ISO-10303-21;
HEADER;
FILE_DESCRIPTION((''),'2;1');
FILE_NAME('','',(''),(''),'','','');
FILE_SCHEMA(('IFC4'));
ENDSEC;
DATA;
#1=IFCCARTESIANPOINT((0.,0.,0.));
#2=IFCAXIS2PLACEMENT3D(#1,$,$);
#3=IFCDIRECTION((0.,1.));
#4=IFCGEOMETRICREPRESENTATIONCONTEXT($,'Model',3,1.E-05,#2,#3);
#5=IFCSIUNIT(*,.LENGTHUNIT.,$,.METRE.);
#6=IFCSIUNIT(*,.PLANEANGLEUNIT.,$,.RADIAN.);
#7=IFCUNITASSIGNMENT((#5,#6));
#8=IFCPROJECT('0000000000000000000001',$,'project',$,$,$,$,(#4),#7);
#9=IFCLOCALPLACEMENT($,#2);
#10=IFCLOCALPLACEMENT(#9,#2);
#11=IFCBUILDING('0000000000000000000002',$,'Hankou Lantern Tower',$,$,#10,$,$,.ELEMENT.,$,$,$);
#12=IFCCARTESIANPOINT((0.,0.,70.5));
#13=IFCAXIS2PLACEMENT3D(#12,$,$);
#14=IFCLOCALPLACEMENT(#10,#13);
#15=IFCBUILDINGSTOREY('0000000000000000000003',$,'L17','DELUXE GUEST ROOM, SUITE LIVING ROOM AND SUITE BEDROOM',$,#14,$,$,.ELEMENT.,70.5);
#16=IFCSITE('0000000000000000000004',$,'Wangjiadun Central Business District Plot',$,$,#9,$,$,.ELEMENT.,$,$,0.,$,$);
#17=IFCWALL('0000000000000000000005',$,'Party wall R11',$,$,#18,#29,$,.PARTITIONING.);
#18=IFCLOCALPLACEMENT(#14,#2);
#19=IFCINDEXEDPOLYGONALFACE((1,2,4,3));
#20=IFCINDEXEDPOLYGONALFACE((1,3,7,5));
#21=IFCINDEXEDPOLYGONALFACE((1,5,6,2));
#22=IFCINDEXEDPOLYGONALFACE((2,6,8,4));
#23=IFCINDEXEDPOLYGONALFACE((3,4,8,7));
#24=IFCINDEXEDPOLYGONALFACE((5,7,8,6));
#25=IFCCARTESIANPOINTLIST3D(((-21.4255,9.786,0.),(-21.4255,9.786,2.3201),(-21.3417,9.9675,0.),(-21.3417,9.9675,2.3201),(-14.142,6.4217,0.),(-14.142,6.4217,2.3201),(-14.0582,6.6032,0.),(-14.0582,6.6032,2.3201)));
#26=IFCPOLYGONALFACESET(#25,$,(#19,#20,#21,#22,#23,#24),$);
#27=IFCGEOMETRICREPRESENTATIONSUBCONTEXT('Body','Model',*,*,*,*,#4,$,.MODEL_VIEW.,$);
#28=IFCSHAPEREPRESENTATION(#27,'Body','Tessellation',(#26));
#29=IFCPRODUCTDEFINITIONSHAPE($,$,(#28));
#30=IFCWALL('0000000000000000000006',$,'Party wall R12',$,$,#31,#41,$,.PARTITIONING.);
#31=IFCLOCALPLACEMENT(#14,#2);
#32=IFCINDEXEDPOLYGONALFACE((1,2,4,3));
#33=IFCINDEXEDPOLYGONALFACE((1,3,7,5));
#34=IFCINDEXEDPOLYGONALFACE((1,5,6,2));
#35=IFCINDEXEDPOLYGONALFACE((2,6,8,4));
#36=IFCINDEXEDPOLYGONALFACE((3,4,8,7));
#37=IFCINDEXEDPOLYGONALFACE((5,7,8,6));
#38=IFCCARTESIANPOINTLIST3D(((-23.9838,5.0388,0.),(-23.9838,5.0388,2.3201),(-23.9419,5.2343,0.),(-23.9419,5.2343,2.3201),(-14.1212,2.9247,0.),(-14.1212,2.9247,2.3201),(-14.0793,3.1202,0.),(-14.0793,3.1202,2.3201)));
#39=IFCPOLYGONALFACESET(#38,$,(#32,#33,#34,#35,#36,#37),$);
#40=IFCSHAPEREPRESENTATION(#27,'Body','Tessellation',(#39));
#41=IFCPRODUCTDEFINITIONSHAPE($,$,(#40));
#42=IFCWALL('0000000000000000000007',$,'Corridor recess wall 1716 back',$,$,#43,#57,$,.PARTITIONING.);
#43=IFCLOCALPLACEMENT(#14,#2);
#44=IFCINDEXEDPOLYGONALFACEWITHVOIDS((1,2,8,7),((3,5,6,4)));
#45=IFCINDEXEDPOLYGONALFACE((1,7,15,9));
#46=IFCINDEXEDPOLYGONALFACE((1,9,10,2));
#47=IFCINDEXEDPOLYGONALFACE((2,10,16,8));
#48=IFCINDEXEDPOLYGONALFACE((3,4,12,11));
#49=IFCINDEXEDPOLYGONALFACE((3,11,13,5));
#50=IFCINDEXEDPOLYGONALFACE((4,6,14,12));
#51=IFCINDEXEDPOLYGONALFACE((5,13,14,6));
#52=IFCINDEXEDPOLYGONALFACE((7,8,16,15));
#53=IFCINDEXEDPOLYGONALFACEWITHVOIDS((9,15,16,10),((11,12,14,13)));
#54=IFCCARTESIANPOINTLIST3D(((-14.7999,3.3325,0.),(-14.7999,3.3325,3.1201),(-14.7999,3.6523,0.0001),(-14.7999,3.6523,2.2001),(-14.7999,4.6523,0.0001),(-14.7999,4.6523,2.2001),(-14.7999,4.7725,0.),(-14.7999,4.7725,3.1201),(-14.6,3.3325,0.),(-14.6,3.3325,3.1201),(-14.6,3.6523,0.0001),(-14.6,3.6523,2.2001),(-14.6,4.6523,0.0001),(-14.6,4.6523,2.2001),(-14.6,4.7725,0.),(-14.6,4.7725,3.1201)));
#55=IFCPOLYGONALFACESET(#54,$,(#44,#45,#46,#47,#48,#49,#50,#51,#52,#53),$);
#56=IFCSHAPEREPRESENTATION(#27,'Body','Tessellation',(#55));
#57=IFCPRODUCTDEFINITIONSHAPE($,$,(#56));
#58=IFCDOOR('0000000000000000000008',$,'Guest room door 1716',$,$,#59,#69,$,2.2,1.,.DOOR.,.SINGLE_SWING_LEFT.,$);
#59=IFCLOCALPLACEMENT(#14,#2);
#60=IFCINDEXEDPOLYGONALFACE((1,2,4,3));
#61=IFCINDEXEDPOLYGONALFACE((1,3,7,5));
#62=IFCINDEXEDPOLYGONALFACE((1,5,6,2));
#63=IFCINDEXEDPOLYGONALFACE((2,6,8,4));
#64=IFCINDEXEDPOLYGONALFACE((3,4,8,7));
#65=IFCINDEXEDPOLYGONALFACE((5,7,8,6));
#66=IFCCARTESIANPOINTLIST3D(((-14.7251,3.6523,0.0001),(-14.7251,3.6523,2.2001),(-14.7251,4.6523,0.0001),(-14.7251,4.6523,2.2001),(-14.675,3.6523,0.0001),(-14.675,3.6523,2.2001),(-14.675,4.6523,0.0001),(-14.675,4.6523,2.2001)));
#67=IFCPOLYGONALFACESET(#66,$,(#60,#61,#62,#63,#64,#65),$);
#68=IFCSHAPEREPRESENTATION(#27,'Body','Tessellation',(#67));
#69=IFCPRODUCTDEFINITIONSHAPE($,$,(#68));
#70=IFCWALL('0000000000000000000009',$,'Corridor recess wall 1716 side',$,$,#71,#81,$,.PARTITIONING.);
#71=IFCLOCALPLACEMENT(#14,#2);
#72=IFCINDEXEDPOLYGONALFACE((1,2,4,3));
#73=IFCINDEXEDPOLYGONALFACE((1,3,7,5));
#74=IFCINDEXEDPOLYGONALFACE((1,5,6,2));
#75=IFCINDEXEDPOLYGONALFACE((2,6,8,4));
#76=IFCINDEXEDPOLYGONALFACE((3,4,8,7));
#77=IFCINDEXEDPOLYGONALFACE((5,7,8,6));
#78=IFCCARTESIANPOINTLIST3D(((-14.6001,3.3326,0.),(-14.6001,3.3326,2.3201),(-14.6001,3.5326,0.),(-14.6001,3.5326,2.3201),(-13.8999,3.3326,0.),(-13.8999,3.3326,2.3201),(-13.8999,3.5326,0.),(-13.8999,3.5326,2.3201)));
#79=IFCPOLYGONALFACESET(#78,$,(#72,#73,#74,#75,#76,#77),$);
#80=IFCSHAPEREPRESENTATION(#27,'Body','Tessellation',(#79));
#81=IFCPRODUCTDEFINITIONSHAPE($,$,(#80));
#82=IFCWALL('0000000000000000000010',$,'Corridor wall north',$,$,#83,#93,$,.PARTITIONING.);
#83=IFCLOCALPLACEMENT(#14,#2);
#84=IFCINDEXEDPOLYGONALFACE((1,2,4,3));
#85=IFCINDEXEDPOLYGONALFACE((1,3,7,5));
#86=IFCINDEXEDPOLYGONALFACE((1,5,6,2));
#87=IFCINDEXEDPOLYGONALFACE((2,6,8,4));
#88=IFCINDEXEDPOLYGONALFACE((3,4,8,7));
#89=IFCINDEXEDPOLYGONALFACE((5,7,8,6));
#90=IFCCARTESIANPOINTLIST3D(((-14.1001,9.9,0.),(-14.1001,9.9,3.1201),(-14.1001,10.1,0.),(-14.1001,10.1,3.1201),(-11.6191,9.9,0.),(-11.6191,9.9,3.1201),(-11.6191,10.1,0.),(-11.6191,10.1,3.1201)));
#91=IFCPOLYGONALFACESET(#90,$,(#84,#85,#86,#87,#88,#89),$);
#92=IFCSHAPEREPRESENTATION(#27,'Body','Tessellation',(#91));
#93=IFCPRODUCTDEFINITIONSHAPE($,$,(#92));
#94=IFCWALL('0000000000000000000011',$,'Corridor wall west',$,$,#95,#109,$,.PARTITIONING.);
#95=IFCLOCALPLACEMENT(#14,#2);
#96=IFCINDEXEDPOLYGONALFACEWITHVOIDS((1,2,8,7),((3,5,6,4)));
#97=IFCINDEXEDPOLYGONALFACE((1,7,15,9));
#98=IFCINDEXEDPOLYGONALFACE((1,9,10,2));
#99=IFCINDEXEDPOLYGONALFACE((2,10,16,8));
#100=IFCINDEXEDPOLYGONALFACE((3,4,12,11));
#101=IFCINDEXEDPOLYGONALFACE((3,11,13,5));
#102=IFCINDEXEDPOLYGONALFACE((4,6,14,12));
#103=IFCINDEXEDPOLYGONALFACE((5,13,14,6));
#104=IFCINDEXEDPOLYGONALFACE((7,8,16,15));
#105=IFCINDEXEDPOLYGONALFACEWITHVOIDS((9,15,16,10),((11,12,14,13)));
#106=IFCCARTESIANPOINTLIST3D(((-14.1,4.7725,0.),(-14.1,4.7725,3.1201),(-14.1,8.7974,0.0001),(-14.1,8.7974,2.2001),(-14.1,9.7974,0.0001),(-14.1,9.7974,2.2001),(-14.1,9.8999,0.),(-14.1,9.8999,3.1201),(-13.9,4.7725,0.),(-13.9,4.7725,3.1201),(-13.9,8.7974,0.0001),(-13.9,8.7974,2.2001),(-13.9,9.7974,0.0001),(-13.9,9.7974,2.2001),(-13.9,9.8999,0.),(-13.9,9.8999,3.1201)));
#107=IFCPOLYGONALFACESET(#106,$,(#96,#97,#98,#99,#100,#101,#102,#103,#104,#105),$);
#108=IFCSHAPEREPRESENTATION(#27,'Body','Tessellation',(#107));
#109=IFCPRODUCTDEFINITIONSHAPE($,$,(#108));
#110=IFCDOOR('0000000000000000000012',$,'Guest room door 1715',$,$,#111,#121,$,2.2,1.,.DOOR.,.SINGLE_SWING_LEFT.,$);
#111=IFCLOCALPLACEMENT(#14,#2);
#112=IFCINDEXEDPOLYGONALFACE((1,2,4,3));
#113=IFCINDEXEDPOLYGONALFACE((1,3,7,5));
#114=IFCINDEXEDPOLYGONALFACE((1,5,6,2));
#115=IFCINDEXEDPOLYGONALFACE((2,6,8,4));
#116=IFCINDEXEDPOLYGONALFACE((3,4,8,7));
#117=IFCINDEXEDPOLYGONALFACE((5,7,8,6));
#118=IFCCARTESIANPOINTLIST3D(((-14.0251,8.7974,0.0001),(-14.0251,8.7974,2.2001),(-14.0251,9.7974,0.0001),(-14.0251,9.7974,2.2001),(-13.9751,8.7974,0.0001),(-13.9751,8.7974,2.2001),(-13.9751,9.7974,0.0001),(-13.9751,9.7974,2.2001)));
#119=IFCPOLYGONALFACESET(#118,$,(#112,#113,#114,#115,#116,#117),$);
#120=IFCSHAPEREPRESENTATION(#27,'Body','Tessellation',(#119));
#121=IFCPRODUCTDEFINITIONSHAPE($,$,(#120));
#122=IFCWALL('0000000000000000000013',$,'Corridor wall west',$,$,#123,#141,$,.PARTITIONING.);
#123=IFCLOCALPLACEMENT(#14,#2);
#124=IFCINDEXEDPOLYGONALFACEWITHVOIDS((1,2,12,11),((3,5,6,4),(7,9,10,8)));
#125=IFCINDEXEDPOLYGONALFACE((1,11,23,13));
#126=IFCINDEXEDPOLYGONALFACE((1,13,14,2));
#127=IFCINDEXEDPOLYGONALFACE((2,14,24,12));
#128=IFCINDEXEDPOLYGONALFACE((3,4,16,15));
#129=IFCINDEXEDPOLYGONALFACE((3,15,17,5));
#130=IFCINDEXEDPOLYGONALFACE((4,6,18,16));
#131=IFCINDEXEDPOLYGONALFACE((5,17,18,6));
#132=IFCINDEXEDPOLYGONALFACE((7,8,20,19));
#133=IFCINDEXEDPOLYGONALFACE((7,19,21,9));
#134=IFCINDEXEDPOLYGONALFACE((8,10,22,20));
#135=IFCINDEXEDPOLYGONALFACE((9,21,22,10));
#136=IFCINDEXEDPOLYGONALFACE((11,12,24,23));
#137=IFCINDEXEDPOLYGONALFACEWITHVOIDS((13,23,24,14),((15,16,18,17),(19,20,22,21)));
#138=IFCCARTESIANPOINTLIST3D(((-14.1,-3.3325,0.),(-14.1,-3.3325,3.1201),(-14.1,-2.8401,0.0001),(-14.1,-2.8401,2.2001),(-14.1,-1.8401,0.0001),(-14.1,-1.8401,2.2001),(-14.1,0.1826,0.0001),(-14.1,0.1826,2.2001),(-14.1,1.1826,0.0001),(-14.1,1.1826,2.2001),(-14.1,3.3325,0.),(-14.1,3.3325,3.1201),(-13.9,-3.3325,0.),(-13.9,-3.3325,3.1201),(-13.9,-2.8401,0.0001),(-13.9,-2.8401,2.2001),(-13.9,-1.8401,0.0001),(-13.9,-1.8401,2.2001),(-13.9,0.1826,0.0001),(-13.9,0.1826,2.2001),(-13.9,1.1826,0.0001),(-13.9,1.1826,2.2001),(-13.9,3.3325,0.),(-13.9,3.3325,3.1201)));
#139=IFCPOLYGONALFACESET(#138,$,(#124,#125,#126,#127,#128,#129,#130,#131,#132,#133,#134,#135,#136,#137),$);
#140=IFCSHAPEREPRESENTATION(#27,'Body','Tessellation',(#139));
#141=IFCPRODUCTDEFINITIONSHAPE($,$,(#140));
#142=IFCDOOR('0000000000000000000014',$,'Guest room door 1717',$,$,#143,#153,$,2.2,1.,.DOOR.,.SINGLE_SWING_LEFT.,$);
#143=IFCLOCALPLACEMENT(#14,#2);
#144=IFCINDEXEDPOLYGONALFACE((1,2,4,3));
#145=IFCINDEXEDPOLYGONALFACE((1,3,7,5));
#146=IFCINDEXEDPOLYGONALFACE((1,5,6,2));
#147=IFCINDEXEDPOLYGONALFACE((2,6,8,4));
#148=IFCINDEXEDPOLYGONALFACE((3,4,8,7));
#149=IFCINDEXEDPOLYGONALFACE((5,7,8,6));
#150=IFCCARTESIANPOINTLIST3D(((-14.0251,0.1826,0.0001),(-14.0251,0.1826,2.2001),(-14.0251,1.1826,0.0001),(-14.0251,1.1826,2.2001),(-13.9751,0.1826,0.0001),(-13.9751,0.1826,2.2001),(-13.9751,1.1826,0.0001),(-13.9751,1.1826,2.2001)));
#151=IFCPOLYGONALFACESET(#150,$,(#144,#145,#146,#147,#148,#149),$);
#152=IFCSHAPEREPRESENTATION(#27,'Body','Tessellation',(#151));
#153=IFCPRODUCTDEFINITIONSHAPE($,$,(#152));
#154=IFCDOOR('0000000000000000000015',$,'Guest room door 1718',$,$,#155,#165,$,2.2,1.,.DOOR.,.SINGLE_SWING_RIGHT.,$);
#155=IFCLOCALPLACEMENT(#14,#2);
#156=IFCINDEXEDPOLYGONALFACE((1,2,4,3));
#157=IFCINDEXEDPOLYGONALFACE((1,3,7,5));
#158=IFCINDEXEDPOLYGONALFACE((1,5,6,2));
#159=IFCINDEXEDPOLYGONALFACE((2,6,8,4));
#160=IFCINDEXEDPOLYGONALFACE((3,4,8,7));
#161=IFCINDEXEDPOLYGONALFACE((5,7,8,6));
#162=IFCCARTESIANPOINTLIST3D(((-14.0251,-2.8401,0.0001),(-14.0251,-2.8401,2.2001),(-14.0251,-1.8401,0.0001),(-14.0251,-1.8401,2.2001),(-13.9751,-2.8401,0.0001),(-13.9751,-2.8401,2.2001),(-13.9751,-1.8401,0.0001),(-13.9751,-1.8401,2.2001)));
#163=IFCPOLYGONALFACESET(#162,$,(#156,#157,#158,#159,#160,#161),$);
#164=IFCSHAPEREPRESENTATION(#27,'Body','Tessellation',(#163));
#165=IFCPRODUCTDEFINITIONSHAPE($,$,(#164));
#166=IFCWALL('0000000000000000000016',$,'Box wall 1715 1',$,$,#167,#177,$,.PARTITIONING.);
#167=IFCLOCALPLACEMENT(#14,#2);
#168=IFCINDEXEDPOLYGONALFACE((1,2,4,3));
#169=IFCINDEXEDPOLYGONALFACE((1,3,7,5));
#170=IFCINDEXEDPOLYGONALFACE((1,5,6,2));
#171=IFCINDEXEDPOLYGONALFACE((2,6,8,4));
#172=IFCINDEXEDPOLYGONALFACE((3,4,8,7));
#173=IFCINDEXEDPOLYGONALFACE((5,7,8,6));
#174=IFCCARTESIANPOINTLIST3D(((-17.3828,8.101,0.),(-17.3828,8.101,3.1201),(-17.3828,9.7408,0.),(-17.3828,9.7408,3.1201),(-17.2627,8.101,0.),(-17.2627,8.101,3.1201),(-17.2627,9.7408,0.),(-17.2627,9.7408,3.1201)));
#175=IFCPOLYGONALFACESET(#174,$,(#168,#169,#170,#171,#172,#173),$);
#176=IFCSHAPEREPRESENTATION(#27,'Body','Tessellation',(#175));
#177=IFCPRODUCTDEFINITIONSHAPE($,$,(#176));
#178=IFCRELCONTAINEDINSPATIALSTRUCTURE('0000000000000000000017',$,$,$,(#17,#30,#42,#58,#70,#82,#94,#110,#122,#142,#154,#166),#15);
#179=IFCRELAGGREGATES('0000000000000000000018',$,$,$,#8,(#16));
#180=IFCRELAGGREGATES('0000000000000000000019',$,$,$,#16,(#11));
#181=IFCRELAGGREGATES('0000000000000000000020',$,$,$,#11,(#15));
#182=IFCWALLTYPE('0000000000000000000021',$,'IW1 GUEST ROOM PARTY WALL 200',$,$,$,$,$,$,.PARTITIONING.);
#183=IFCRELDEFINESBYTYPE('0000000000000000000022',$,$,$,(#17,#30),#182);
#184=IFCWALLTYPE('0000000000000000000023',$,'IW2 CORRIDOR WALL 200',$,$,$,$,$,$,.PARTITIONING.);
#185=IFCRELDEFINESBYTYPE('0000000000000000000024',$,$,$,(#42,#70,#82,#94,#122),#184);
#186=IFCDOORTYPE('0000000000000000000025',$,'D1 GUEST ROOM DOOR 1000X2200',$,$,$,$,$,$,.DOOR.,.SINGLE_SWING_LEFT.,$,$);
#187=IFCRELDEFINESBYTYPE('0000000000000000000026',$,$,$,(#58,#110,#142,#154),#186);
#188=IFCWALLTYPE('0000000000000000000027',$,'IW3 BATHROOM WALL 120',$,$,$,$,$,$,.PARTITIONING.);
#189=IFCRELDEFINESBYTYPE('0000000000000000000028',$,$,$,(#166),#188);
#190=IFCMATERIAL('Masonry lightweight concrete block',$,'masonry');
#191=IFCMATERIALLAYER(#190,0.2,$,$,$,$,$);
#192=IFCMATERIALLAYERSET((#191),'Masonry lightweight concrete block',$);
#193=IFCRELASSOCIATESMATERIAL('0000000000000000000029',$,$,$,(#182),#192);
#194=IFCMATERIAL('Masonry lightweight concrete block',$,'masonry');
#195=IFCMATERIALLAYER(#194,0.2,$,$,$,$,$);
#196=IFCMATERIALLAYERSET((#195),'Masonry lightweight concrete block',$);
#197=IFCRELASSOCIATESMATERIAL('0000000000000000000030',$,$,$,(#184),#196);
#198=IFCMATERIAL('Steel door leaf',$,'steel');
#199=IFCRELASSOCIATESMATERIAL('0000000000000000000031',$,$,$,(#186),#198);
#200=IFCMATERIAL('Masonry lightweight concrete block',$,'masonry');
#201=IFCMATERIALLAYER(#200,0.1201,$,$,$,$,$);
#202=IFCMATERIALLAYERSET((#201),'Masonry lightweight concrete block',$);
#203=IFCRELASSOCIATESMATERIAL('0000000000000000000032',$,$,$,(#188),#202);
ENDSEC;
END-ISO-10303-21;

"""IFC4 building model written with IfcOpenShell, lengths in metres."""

from ifc_helpers import new_model, si_unit, direction, frame, frame_2d, origin, place, context, subcontext, project, spatial, rectangle, extrude, material, layer, layer_set, type_object, element, fill, save


model = new_model("IFC4")

# Units and contexts
model_context = context("Model", 3, precision=1e-05, world=origin(), true_north=direction((0.0, 1.0)))
body_context = subcontext(model_context, "Body", "Model", "MODEL_VIEW")
ifc_project = project(units=[si_unit("LENGTHUNIT", "METRE"), si_unit("PLANEANGLEUNIT", "RADIAN")], contexts=[model_context])

# Site, building, storey
site_placement = place(None, origin())
site = spatial("IfcSite", under=ifc_project, at=site_placement, Name="Wangjiadun Central Business District Plot", CompositionType="ELEMENT", RefElevation=0.0)
building_placement = place(site_placement, origin())
building = spatial("IfcBuilding", under=site, at=building_placement, Name="Hankou Lantern Tower", CompositionType="ELEMENT")
storey_placement = place(building_placement, frame((0.0, 0.0, 70.5)))
storey = spatial("IfcBuildingStorey", under=building, at=storey_placement, Name="L17", Description="DELUXE GUEST ROOM, SUITE LIVING ROOM AND SUITE BEDROOM", CompositionType="ELEMENT", Elevation=70.5)

# Walls
ifc_material_1 = material(Name="Masonry lightweight concrete block", Category="masonry")
ifc_layer_1 = layer(ifc_material_1, 0.2)
ifc_layer_set_1 = layer_set([ifc_layer_1], Name="Masonry lightweight concrete block")
wall_type_1 = type_object("IfcWallType", Name="IW1 GUEST ROOM PARTY WALL 200", PredefinedType="PARTITIONING", material=ifc_layer_set_1)
wall_1_placement = place(storey_placement, frame((-14.1001, 6.5125, 0.0), z_axis=(0.0, 0.0, 1.0), x_axis=(-0.907833, 0.419332, 0.0)))
element("IfcWall", 1, at=wall_1_placement, inside=storey, type_object=wall_type_1, Name="Party wall R11", PredefinedType="PARTITIONING", context=body_context, shape_type="SweptSolid", body=[
    extrude(rectangle(XDim=8.0229, YDim=0.2, at=frame_2d((4.0115, 0.0))), origin(), (0.0, 0.0, 1.0), 2.3201),
])
wall_2_placement = place(storey_placement, frame((-14.1001, 3.0225, 0.0), z_axis=(0.0, 0.0, 1.0), x_axis=(-0.97779, 0.209587, 0.0)))
element("IfcWall", 2, at=wall_2_placement, inside=storey, type_object=wall_type_1, Name="Party wall R12", PredefinedType="PARTITIONING", context=body_context, shape_type="SweptSolid", body=[
    extrude(rectangle(XDim=10.0867, YDim=0.2, at=frame_2d((5.0435, 0.0))), origin(), (0.0, 0.0, 1.0), 2.3201),
])

# Wall, opening, door
ifc_material_2 = material(Name="Masonry lightweight concrete block", Category="masonry")
ifc_layer_2 = layer(ifc_material_2, 0.2)
ifc_layer_set_2 = layer_set([ifc_layer_2], Name="Masonry lightweight concrete block")
wall_type_2 = type_object("IfcWallType", Name="IW2 CORRIDOR WALL 200", PredefinedType="PARTITIONING", material=ifc_layer_set_2)
wall_3_placement = place(storey_placement, frame((-14.7, 4.7725, 0.0), z_axis=(0.0, 0.0, 1.0), x_axis=(0.0, -1.0, 0.0)))
wall_3 = element("IfcWall", 3, at=wall_3_placement, inside=storey, type_object=wall_type_2, Name="Corridor recess wall 1716 back", PredefinedType="PARTITIONING", context=body_context, shape_type="SweptSolid", body=[
    extrude(rectangle(XDim=1.4399, YDim=0.2, at=frame_2d((0.72, 0.0))), origin(), (0.0, 0.0, 1.0), 3.1201),
])
opening_1_placement = place(wall_3_placement, frame((0.1201, 0.0, 0.0)))
opening_1 = element("IfcOpeningElement", 4, at=opening_1_placement, cuts=wall_3, PredefinedType="OPENING", context=body_context, shape_type="SweptSolid", body=[
    extrude(rectangle(XDim=1.0, YDim=2.2, at=frame_2d((0.5, 1.1001))), frame((0.0, 0.1099, 0.0), z_axis=(0.0, -1.0, 0.0), x_axis=(1.0, 0.0, 0.0)), (0.0, 0.0, 1.0), 0.22),
])
ifc_material_3 = material(Name="Steel door leaf", Category="steel")
door_type_1 = type_object("IfcDoorType", Name="D1 GUEST ROOM DOOR 1000X2200", OperationType="SINGLE_SWING_LEFT", PredefinedType="DOOR", material=ifc_material_3)
door_1_placement = place(opening_1_placement, origin())
door_1 = element("IfcDoor", 5, at=door_1_placement, inside=storey, type_object=door_type_1, Name="Guest room door 1716", OperationType="SINGLE_SWING_LEFT", OverallHeight=2.2, OverallWidth=1.0, PredefinedType="DOOR", context=body_context, shape_type="SweptSolid", body=[
    extrude(rectangle(XDim=1.0, YDim=2.2, at=frame_2d((0.5, 1.1001))), frame((0.0, 0.0249, 0.0), z_axis=(0.0, -1.0, 0.0), x_axis=(1.0, 0.0, 0.0)), (0.0, 0.0, 1.0), 0.05),
])
fill(opening_1, door_1)

# Walls
wall_4_placement = place(storey_placement, frame((-13.8999, 3.4326, 0.0), z_axis=(0.0, 0.0, 1.0), x_axis=(-1.0, 0.0, 0.0)))
element("IfcWall", 6, at=wall_4_placement, inside=storey, type_object=wall_type_2, Name="Corridor recess wall 1716 side", PredefinedType="PARTITIONING", context=body_context, shape_type="SweptSolid", body=[
    extrude(rectangle(XDim=0.7002, YDim=0.2, at=frame_2d((0.3501, 0.0))), origin(), (0.0, 0.0, 1.0), 2.3201),
])
wall_5_placement = place(storey_placement, frame((-14.1001, 10.0, 0.0), z_axis=(0.0, 0.0, 1.0), x_axis=(1.0, 0.0, 0.0)))
element("IfcWall", 7, at=wall_5_placement, inside=storey, type_object=wall_type_2, Name="Corridor wall north", PredefinedType="PARTITIONING", context=body_context, shape_type="SweptSolid", body=[
    extrude(rectangle(XDim=2.481, YDim=0.2, at=frame_2d((1.2405, 0.0))), origin(), (0.0, 0.0, 1.0), 3.1201),
])

# Wall, opening, door
wall_6_placement = place(storey_placement, frame((-14.0, 9.8999, 0.0), z_axis=(0.0, 0.0, 1.0), x_axis=(0.0, -1.0, 0.0)))
wall_6 = element("IfcWall", 8, at=wall_6_placement, inside=storey, type_object=wall_type_2, Name="Corridor wall west", PredefinedType="PARTITIONING", context=body_context, shape_type="SweptSolid", body=[
    extrude(rectangle(XDim=5.1274, YDim=0.2, at=frame_2d((2.5637, 0.0))), origin(), (0.0, 0.0, 1.0), 3.1201),
])
opening_2_placement = place(wall_6_placement, frame((0.1025, 0.0, 0.0)))
opening_2 = element("IfcOpeningElement", 9, at=opening_2_placement, cuts=wall_6, PredefinedType="OPENING", context=body_context, shape_type="SweptSolid", body=[
    extrude(rectangle(XDim=1.0, YDim=2.2, at=frame_2d((0.5, 1.1001))), frame((0.0, 0.1099, 0.0), z_axis=(0.0, -1.0, 0.0), x_axis=(1.0, 0.0, 0.0)), (0.0, 0.0, 1.0), 0.22),
])
door_2_placement = place(opening_2_placement, origin())
door_2 = element("IfcDoor", 10, at=door_2_placement, inside=storey, type_object=door_type_1, Name="Guest room door 1715", OperationType="SINGLE_SWING_LEFT", OverallHeight=2.2, OverallWidth=1.0, PredefinedType="DOOR", context=body_context, shape_type="SweptSolid", body=[
    extrude(rectangle(XDim=1.0, YDim=2.2, at=frame_2d((0.5, 1.1001))), frame((0.0, 0.0249, 0.0), z_axis=(0.0, -1.0, 0.0), x_axis=(1.0, 0.0, 0.0)), (0.0, 0.0, 1.0), 0.05),
])
fill(opening_2, door_2)

# Wall, openings, doors
wall_7_placement = place(storey_placement, frame((-14.0, 3.3325, 0.0), z_axis=(0.0, 0.0, 1.0), x_axis=(0.0, -1.0, 0.0)))
wall_7 = element("IfcWall", 11, at=wall_7_placement, inside=storey, type_object=wall_type_2, Name="Corridor wall west", PredefinedType="PARTITIONING", context=body_context, shape_type="SweptSolid", body=[
    extrude(rectangle(XDim=6.665, YDim=0.2, at=frame_2d((3.3325, 0.0))), origin(), (0.0, 0.0, 1.0), 3.1201),
])
opening_3_placement = place(wall_7_placement, frame((2.1499, 0.0, 0.0)))
opening_3 = element("IfcOpeningElement", 12, at=opening_3_placement, cuts=wall_7, PredefinedType="OPENING", context=body_context, shape_type="SweptSolid", body=[
    extrude(rectangle(XDim=1.0, YDim=2.2, at=frame_2d((0.5, 1.1001))), frame((0.0, 0.1099, 0.0), z_axis=(0.0, -1.0, 0.0), x_axis=(1.0, 0.0, 0.0)), (0.0, 0.0, 1.0), 0.22),
])
opening_4_placement = place(wall_7_placement, frame((5.1726, 0.0, 0.0)))
opening_4 = element("IfcOpeningElement", 13, at=opening_4_placement, cuts=wall_7, PredefinedType="OPENING", context=body_context, shape_type="SweptSolid", body=[
    extrude(rectangle(XDim=1.0, YDim=2.2, at=frame_2d((0.5, 1.1001))), frame((0.0, 0.1099, 0.0), z_axis=(0.0, -1.0, 0.0), x_axis=(1.0, 0.0, 0.0)), (0.0, 0.0, 1.0), 0.22),
])
door_3_placement = place(opening_3_placement, origin())
door_3 = element("IfcDoor", 14, at=door_3_placement, inside=storey, type_object=door_type_1, Name="Guest room door 1717", OperationType="SINGLE_SWING_LEFT", OverallHeight=2.2, OverallWidth=1.0, PredefinedType="DOOR", context=body_context, shape_type="SweptSolid", body=[
    extrude(rectangle(XDim=1.0, YDim=2.2, at=frame_2d((0.5, 1.1001))), frame((0.0, 0.0249, 0.0), z_axis=(0.0, -1.0, 0.0), x_axis=(1.0, 0.0, 0.0)), (0.0, 0.0, 1.0), 0.05),
])
fill(opening_3, door_3)
door_4_placement = place(opening_4_placement, origin())
door_4 = element("IfcDoor", 15, at=door_4_placement, inside=storey, type_object=door_type_1, Name="Guest room door 1718", OperationType="SINGLE_SWING_RIGHT", OverallHeight=2.2, OverallWidth=1.0, PredefinedType="DOOR", context=body_context, shape_type="SweptSolid", body=[
    extrude(rectangle(XDim=1.0, YDim=2.2, at=frame_2d((0.5, 1.1001))), frame((0.0, 0.0249, 0.0), z_axis=(0.0, -1.0, 0.0), x_axis=(1.0, 0.0, 0.0)), (0.0, 0.0, 1.0), 0.05),
])
fill(opening_4, door_4)

# Wall
ifc_material_4 = material(Name="Masonry lightweight concrete block", Category="masonry")
ifc_layer_3 = layer(ifc_material_4, 0.1201)
ifc_layer_set_3 = layer_set([ifc_layer_3], Name="Masonry lightweight concrete block")
wall_type_3 = type_object("IfcWallType", Name="IW3 BATHROOM WALL 120", PredefinedType="PARTITIONING", material=ifc_layer_set_3)
wall_8_placement = place(storey_placement, frame((-17.3228, 8.1011, 0.0), z_axis=(0.0, 0.0, 1.0), x_axis=(0.0, 1.0, 0.0)))
element("IfcWall", 16, at=wall_8_placement, inside=storey, type_object=wall_type_3, Name="Box wall 1715 1", PredefinedType="PARTITIONING", context=body_context, shape_type="SweptSolid", body=[
    extrude(rectangle(XDim=1.6399, YDim=0.1201, at=frame_2d((0.8198, 0.0))), origin(), (0.0, 0.0, 1.0), 3.1201),
])

save(model, "model.ifc")
